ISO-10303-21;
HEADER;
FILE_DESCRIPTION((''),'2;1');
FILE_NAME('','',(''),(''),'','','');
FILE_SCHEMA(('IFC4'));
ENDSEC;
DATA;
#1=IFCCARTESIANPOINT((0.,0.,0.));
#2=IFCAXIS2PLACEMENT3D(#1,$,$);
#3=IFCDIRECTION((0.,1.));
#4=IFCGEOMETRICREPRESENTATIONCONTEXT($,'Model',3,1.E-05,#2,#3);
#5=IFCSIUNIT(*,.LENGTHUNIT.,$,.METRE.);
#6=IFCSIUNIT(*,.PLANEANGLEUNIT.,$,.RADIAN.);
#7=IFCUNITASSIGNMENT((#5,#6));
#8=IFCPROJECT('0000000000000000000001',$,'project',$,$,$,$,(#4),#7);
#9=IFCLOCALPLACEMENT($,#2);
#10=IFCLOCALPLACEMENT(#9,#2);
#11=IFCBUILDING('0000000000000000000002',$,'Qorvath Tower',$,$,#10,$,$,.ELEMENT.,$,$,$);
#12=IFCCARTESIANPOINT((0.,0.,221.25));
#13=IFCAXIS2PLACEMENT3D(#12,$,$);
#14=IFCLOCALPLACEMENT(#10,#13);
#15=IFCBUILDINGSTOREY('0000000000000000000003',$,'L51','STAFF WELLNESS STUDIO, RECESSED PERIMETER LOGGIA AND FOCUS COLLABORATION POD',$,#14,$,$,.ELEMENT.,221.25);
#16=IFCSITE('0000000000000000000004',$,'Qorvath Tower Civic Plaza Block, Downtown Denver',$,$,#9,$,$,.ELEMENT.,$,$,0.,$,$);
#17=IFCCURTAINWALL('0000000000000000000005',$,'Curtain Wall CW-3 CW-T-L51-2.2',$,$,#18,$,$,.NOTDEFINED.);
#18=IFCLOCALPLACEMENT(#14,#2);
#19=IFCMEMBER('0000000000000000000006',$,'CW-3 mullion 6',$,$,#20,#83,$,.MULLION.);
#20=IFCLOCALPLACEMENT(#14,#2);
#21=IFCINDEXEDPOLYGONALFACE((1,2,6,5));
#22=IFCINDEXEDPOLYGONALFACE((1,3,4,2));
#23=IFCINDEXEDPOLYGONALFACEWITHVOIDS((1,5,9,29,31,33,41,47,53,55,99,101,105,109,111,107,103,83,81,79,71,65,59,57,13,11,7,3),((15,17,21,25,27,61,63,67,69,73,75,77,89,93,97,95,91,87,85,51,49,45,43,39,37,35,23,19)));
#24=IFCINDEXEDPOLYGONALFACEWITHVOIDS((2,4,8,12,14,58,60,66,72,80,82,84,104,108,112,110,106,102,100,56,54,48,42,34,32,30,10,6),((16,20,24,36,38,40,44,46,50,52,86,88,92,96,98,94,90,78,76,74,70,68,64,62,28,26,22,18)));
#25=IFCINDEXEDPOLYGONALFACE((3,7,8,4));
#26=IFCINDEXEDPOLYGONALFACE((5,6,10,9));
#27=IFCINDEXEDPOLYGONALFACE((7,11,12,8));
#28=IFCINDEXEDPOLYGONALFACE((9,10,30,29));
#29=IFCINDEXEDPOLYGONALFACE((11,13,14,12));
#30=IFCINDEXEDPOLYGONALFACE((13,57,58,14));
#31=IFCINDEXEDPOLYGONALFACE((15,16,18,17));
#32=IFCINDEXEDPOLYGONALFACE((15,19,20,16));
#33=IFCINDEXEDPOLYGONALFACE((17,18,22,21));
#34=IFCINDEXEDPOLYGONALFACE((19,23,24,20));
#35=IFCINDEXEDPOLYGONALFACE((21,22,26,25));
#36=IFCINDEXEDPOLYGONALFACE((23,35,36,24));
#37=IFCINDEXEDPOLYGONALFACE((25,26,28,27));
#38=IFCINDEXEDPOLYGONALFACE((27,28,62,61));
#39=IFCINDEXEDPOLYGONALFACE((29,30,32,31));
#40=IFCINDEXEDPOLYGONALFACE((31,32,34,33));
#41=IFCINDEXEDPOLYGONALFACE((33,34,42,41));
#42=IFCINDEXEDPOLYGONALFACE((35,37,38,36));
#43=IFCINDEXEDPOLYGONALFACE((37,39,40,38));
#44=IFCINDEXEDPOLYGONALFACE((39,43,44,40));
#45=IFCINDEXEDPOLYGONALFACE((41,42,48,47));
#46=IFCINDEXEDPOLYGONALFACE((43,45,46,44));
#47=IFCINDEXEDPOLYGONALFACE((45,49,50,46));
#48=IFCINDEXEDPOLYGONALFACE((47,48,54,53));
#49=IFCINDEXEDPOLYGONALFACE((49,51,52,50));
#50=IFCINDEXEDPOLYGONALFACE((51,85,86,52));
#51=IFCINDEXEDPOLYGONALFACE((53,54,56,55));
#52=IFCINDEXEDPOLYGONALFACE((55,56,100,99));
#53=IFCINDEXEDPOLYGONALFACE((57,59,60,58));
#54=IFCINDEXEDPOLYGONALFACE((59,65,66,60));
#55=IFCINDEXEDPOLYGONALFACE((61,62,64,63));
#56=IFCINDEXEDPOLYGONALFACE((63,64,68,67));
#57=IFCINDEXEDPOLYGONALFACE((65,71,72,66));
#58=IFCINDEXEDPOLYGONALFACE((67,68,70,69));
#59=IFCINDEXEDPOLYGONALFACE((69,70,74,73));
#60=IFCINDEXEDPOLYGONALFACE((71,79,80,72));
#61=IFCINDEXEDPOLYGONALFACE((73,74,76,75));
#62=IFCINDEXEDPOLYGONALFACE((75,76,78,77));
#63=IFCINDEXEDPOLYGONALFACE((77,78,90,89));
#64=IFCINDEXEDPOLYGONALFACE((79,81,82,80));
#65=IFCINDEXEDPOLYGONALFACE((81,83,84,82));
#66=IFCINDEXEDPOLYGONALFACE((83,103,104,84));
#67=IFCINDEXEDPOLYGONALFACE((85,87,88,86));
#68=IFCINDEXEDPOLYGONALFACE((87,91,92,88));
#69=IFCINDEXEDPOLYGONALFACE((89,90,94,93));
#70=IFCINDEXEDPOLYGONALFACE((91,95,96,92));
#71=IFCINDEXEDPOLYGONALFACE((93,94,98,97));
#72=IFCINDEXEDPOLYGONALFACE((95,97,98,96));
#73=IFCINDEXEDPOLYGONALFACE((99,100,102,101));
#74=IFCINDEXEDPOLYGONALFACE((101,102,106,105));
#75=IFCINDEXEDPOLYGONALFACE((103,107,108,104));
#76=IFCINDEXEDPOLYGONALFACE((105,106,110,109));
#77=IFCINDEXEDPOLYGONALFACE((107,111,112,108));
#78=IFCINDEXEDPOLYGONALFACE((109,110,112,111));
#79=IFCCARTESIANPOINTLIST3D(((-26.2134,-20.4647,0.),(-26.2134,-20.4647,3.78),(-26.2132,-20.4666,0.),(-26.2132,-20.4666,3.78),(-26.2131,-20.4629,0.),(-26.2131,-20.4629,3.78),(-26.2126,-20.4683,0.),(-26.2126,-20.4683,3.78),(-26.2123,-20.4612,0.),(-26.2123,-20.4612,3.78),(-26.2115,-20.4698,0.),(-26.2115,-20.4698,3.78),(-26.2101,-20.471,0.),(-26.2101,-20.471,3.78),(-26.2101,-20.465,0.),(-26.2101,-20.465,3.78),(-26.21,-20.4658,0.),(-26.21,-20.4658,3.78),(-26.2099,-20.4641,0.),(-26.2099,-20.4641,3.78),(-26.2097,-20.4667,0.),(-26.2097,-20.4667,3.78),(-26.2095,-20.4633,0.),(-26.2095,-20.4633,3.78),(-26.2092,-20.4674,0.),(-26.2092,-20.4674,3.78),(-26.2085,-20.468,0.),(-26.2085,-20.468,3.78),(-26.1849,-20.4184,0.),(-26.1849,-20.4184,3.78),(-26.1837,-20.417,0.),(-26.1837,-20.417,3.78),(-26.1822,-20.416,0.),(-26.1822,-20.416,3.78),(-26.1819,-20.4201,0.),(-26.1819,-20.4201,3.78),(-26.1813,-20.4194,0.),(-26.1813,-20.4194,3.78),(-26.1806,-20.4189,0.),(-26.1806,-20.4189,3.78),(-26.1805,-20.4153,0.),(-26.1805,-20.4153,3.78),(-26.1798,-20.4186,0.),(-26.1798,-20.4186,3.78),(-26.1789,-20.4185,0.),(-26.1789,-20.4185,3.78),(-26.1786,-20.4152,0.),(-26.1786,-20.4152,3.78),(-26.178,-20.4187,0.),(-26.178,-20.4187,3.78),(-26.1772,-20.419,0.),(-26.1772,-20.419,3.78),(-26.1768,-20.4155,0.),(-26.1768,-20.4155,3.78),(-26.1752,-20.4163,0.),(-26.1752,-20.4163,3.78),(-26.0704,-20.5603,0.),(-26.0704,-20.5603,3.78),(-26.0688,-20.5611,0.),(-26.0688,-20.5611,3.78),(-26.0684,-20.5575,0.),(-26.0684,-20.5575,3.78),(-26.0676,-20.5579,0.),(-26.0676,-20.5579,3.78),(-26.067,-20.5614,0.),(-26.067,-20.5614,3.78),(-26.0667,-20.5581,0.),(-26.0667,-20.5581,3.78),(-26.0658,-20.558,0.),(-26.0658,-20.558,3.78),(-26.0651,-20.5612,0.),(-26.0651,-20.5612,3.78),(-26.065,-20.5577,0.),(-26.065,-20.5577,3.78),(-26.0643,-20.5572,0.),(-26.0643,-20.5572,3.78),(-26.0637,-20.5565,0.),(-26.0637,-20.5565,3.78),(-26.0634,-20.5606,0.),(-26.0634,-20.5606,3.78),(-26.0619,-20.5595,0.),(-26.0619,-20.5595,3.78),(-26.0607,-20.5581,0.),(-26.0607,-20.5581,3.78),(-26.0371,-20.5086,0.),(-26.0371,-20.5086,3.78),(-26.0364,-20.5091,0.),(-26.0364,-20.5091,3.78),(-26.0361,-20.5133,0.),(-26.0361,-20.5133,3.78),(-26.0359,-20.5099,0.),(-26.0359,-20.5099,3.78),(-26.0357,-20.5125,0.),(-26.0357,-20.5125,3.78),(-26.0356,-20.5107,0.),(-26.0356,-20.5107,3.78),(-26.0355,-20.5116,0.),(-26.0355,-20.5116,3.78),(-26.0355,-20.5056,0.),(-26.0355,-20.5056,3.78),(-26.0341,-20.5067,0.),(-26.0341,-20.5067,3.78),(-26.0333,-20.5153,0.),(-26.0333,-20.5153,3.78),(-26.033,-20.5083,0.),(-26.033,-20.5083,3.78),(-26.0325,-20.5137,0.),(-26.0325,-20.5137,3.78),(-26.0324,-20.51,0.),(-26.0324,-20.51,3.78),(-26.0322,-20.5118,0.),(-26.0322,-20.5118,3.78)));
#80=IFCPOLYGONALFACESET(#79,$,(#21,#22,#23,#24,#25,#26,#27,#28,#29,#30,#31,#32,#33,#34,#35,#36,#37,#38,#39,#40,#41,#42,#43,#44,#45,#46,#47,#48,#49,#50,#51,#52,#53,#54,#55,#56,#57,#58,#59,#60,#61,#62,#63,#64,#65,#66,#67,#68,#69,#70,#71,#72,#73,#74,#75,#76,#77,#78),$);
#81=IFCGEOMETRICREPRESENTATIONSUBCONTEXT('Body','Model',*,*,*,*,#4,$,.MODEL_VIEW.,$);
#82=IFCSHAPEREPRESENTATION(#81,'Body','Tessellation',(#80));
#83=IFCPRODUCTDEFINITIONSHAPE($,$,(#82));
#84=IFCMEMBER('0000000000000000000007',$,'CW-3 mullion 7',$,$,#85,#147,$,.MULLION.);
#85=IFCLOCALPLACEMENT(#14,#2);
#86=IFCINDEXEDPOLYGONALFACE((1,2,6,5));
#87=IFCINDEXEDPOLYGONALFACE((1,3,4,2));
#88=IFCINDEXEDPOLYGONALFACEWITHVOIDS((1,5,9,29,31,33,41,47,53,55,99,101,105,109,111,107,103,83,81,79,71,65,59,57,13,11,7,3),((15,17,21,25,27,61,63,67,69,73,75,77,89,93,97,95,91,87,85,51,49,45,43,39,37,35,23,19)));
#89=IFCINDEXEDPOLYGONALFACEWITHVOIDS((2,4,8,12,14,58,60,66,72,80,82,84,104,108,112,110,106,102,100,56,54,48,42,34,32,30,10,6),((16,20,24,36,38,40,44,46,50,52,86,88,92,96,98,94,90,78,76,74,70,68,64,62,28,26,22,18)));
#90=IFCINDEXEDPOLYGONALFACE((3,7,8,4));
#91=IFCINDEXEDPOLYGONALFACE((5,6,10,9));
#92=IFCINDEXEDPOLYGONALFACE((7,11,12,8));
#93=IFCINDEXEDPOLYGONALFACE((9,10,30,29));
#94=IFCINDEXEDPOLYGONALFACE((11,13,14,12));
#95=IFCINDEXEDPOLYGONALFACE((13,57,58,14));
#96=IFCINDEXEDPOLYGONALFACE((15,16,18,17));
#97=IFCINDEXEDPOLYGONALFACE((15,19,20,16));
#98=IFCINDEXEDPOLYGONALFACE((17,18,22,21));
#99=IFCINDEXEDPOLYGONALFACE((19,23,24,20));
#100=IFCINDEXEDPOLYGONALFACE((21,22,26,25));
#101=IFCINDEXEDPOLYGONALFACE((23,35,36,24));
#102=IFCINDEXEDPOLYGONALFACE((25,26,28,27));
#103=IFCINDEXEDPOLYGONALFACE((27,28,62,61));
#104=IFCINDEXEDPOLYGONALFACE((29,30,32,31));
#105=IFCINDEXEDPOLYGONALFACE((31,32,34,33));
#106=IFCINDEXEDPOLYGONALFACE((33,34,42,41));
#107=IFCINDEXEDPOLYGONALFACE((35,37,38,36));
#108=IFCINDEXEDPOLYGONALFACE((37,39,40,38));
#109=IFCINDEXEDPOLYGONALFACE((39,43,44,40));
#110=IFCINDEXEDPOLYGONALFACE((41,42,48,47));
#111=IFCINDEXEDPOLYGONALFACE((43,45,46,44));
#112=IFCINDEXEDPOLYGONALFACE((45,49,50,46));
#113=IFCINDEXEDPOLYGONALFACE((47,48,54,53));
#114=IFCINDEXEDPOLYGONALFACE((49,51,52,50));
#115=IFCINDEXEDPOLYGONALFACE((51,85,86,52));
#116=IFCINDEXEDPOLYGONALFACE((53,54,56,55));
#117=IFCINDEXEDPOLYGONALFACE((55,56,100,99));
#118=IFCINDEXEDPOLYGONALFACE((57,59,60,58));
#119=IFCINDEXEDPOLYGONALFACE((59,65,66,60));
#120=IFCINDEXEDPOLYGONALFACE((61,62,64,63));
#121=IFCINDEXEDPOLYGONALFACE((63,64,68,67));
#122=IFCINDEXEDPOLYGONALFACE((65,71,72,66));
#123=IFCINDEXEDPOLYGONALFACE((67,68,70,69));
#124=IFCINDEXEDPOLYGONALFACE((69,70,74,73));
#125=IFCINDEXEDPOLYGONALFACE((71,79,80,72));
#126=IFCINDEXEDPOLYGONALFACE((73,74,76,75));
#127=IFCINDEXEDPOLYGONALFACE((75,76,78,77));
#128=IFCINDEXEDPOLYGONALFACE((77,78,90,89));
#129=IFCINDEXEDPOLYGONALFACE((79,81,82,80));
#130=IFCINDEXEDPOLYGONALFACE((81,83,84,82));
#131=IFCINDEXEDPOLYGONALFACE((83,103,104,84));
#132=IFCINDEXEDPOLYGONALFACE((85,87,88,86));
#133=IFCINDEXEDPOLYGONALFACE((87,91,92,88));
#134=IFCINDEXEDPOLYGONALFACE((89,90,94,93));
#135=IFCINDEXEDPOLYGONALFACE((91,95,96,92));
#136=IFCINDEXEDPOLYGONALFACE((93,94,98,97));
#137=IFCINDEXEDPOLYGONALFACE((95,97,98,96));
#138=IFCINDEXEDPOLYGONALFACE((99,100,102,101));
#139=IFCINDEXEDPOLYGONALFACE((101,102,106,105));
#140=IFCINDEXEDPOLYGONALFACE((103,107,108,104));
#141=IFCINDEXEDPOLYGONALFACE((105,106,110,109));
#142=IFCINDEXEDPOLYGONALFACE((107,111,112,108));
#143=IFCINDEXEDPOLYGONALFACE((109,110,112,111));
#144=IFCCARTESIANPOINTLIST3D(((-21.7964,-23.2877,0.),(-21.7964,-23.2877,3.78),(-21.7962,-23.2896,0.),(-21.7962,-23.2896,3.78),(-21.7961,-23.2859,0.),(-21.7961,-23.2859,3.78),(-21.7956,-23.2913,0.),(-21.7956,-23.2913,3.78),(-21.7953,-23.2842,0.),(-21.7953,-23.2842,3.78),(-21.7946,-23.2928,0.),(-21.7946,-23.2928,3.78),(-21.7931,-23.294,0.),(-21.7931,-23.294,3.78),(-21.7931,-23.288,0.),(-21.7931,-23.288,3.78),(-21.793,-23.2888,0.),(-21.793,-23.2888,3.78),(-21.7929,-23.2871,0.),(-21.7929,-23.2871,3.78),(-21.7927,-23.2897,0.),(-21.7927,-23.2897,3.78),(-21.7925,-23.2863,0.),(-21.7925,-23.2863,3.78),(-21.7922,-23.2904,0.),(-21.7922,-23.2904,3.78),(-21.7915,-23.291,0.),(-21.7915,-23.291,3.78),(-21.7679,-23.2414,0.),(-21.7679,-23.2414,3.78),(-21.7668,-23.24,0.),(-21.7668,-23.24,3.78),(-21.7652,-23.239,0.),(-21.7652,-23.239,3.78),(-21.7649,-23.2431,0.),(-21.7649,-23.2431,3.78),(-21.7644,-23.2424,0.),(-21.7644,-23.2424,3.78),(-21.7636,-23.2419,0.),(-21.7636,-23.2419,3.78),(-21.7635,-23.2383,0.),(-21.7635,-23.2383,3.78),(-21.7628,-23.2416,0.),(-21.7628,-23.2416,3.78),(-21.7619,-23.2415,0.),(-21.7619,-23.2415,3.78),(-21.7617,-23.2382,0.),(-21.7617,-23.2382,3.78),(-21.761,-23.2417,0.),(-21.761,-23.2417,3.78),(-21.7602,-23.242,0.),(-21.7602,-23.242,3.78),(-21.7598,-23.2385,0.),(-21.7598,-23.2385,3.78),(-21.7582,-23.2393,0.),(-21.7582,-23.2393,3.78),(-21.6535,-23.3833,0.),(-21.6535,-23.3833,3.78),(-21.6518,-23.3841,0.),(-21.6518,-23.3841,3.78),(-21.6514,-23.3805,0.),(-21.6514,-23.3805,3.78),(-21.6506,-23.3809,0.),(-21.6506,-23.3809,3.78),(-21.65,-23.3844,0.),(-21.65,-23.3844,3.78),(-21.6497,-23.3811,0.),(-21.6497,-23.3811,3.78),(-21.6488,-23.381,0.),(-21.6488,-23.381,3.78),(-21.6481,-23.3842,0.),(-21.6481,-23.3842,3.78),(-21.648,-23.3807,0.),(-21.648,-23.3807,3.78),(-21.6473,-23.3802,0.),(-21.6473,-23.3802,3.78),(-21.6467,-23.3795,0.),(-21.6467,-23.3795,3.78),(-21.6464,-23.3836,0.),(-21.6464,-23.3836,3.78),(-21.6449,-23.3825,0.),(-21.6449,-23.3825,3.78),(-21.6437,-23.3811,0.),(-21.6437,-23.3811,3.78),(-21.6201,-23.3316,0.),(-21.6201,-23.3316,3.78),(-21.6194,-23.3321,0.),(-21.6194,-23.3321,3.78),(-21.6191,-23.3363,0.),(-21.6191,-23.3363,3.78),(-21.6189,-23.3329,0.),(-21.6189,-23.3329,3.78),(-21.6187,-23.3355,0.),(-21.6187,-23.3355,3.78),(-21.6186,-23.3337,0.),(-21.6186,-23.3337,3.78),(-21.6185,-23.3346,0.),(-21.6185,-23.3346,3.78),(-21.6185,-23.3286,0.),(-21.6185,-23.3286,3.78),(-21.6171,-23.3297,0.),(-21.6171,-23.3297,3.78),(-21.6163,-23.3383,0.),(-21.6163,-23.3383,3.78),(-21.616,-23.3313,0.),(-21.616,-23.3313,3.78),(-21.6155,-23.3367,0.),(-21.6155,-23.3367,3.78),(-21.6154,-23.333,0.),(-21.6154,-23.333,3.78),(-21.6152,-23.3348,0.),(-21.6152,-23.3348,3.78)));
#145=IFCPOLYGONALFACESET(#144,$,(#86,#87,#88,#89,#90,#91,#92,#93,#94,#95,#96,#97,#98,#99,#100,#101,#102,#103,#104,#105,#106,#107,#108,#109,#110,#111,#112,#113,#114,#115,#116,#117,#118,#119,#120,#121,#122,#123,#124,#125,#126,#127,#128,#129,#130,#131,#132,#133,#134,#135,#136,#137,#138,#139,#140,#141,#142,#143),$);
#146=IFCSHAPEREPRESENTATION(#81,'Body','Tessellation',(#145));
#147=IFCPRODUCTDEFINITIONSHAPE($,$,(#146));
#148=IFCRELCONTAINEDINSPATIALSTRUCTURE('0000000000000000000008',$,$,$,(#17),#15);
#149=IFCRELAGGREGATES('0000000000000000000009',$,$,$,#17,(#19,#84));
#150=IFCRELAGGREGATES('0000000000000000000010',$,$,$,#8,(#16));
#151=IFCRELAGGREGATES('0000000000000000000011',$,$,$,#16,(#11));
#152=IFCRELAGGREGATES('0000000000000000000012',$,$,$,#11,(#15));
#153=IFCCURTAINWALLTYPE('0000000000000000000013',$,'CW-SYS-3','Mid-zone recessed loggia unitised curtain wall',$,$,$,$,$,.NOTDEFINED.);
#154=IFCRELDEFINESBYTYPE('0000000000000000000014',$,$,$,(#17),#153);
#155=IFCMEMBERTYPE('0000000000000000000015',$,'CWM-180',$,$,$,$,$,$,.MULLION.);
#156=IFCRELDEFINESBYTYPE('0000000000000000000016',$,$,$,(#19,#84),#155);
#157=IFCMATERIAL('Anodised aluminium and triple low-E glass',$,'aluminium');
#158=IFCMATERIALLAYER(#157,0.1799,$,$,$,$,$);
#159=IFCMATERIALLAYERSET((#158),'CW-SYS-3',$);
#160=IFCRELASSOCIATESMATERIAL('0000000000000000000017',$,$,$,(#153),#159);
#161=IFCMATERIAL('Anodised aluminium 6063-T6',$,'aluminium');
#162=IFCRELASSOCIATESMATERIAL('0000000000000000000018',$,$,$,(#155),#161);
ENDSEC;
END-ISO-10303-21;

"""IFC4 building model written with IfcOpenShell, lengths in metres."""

from ifc_helpers import new_model, si_unit, direction, frame, origin, origin_2d, place, context, subcontext, project, spatial, hollow_rectangle, extrude, material, layer, layer_set, material_profile, profile_set, type_object, element, aggregate, save


model = new_model("IFC4")

# Units and contexts
model_context = context("Model", 3, precision=1e-05, world=origin(), true_north=direction((0.0, 1.0)))
body_context = subcontext(model_context, "Body", "Model", "MODEL_VIEW")
ifc_project = project(units=[si_unit("LENGTHUNIT", "METRE"), si_unit("PLANEANGLEUNIT", "RADIAN")], contexts=[model_context])

# Site, building, storey
site_placement = place(None, origin())
site = spatial("IfcSite", under=ifc_project, at=site_placement, Name="Qorvath Tower Civic Plaza Block, Downtown Denver", CompositionType="ELEMENT", RefElevation=0.0)
building_placement = place(site_placement, origin())
building = spatial("IfcBuilding", under=site, at=building_placement, Name="Qorvath Tower", CompositionType="ELEMENT")
storey_placement = place(building_placement, frame((0.0, 0.0, 221.25)))
storey = spatial("IfcBuildingStorey", under=building, at=storey_placement, Name="L51", Description="STAFF WELLNESS STUDIO, RECESSED PERIMETER LOGGIA AND FOCUS COLLABORATION POD", CompositionType="ELEMENT", Elevation=221.25)

# Curtain wall, members
ifc_material_1 = material(Name="Anodised aluminium and triple low-E glass", Category="aluminium")
ifc_layer_1 = layer(ifc_material_1, 0.1799)
ifc_layer_set_1 = layer_set([ifc_layer_1], Name="CW-SYS-3")
curtain_wall_type = type_object("IfcCurtainWallType", Name="CW-SYS-3", Description="Mid-zone recessed loggia unitised curtain wall", PredefinedType="NOTDEFINED", material=ifc_layer_set_1)
curtain_wall_placement = place(storey_placement, origin())
curtain_wall = element("IfcCurtainWall", 1, at=curtain_wall_placement, inside=storey, type_object=curtain_wall_type, Name="Curtain Wall CW-3 CW-T-L51-2.2", PredefinedType="NOTDEFINED")
ifc_material_2 = material(Name="Anodised aluminium 6063-T6", Category="aluminium")
ifc_material_profile_1 = material_profile(ifc_material_2, hollow_rectangle(XDim=0.0649, YDim=0.1799, WallThickness=0.0034, InnerFilletRadius=0.0034, OuterFilletRadius=0.0071, at=origin_2d()), Name="CWM 180x65")
ifc_profile_set_1 = profile_set([ifc_material_profile_1], Name="Anodised aluminium 6063-T6")
member_type_1 = type_object("IfcMemberType", Name="CWM-180", PredefinedType="MULLION", material=ifc_profile_set_1)
member_1_placement = place(storey_placement, frame((-26.1228, -20.4883, 0.0), z_axis=(0.0, 0.0, 1.0), x_axis=(0.538535, 0.842603, 0.0)))
member_1 = element("IfcMember", 2, at=member_1_placement, type_object=member_type_1, Name="CW-3 mullion 6", PredefinedType="MULLION", context=body_context, shape_type="SweptSolid", body=[
    extrude(hollow_rectangle(XDim=0.0649, YDim=0.1799, WallThickness=0.0034, InnerFilletRadius=0.0034, OuterFilletRadius=0.0071, at=origin_2d()), origin(), (0.0, 0.0, 1.0), 3.78),
])
member_2_placement = place(storey_placement, frame((-21.7058, -23.3113, 0.0), z_axis=(0.0, 0.0, 1.0), x_axis=(0.538535, 0.842603, 0.0)))
member_2 = element("IfcMember", 3, at=member_2_placement, type_object=member_type_1, Name="CW-3 mullion 7", PredefinedType="MULLION", context=body_context, shape_type="SweptSolid", body=[
    extrude(hollow_rectangle(XDim=0.0649, YDim=0.1799, WallThickness=0.0034, InnerFilletRadius=0.0034, OuterFilletRadius=0.0071, at=origin_2d()), origin(), (0.0, 0.0, 1.0), 3.78),
])
aggregate(curtain_wall, [member_1, member_2])

save(model, "model.ifc")
